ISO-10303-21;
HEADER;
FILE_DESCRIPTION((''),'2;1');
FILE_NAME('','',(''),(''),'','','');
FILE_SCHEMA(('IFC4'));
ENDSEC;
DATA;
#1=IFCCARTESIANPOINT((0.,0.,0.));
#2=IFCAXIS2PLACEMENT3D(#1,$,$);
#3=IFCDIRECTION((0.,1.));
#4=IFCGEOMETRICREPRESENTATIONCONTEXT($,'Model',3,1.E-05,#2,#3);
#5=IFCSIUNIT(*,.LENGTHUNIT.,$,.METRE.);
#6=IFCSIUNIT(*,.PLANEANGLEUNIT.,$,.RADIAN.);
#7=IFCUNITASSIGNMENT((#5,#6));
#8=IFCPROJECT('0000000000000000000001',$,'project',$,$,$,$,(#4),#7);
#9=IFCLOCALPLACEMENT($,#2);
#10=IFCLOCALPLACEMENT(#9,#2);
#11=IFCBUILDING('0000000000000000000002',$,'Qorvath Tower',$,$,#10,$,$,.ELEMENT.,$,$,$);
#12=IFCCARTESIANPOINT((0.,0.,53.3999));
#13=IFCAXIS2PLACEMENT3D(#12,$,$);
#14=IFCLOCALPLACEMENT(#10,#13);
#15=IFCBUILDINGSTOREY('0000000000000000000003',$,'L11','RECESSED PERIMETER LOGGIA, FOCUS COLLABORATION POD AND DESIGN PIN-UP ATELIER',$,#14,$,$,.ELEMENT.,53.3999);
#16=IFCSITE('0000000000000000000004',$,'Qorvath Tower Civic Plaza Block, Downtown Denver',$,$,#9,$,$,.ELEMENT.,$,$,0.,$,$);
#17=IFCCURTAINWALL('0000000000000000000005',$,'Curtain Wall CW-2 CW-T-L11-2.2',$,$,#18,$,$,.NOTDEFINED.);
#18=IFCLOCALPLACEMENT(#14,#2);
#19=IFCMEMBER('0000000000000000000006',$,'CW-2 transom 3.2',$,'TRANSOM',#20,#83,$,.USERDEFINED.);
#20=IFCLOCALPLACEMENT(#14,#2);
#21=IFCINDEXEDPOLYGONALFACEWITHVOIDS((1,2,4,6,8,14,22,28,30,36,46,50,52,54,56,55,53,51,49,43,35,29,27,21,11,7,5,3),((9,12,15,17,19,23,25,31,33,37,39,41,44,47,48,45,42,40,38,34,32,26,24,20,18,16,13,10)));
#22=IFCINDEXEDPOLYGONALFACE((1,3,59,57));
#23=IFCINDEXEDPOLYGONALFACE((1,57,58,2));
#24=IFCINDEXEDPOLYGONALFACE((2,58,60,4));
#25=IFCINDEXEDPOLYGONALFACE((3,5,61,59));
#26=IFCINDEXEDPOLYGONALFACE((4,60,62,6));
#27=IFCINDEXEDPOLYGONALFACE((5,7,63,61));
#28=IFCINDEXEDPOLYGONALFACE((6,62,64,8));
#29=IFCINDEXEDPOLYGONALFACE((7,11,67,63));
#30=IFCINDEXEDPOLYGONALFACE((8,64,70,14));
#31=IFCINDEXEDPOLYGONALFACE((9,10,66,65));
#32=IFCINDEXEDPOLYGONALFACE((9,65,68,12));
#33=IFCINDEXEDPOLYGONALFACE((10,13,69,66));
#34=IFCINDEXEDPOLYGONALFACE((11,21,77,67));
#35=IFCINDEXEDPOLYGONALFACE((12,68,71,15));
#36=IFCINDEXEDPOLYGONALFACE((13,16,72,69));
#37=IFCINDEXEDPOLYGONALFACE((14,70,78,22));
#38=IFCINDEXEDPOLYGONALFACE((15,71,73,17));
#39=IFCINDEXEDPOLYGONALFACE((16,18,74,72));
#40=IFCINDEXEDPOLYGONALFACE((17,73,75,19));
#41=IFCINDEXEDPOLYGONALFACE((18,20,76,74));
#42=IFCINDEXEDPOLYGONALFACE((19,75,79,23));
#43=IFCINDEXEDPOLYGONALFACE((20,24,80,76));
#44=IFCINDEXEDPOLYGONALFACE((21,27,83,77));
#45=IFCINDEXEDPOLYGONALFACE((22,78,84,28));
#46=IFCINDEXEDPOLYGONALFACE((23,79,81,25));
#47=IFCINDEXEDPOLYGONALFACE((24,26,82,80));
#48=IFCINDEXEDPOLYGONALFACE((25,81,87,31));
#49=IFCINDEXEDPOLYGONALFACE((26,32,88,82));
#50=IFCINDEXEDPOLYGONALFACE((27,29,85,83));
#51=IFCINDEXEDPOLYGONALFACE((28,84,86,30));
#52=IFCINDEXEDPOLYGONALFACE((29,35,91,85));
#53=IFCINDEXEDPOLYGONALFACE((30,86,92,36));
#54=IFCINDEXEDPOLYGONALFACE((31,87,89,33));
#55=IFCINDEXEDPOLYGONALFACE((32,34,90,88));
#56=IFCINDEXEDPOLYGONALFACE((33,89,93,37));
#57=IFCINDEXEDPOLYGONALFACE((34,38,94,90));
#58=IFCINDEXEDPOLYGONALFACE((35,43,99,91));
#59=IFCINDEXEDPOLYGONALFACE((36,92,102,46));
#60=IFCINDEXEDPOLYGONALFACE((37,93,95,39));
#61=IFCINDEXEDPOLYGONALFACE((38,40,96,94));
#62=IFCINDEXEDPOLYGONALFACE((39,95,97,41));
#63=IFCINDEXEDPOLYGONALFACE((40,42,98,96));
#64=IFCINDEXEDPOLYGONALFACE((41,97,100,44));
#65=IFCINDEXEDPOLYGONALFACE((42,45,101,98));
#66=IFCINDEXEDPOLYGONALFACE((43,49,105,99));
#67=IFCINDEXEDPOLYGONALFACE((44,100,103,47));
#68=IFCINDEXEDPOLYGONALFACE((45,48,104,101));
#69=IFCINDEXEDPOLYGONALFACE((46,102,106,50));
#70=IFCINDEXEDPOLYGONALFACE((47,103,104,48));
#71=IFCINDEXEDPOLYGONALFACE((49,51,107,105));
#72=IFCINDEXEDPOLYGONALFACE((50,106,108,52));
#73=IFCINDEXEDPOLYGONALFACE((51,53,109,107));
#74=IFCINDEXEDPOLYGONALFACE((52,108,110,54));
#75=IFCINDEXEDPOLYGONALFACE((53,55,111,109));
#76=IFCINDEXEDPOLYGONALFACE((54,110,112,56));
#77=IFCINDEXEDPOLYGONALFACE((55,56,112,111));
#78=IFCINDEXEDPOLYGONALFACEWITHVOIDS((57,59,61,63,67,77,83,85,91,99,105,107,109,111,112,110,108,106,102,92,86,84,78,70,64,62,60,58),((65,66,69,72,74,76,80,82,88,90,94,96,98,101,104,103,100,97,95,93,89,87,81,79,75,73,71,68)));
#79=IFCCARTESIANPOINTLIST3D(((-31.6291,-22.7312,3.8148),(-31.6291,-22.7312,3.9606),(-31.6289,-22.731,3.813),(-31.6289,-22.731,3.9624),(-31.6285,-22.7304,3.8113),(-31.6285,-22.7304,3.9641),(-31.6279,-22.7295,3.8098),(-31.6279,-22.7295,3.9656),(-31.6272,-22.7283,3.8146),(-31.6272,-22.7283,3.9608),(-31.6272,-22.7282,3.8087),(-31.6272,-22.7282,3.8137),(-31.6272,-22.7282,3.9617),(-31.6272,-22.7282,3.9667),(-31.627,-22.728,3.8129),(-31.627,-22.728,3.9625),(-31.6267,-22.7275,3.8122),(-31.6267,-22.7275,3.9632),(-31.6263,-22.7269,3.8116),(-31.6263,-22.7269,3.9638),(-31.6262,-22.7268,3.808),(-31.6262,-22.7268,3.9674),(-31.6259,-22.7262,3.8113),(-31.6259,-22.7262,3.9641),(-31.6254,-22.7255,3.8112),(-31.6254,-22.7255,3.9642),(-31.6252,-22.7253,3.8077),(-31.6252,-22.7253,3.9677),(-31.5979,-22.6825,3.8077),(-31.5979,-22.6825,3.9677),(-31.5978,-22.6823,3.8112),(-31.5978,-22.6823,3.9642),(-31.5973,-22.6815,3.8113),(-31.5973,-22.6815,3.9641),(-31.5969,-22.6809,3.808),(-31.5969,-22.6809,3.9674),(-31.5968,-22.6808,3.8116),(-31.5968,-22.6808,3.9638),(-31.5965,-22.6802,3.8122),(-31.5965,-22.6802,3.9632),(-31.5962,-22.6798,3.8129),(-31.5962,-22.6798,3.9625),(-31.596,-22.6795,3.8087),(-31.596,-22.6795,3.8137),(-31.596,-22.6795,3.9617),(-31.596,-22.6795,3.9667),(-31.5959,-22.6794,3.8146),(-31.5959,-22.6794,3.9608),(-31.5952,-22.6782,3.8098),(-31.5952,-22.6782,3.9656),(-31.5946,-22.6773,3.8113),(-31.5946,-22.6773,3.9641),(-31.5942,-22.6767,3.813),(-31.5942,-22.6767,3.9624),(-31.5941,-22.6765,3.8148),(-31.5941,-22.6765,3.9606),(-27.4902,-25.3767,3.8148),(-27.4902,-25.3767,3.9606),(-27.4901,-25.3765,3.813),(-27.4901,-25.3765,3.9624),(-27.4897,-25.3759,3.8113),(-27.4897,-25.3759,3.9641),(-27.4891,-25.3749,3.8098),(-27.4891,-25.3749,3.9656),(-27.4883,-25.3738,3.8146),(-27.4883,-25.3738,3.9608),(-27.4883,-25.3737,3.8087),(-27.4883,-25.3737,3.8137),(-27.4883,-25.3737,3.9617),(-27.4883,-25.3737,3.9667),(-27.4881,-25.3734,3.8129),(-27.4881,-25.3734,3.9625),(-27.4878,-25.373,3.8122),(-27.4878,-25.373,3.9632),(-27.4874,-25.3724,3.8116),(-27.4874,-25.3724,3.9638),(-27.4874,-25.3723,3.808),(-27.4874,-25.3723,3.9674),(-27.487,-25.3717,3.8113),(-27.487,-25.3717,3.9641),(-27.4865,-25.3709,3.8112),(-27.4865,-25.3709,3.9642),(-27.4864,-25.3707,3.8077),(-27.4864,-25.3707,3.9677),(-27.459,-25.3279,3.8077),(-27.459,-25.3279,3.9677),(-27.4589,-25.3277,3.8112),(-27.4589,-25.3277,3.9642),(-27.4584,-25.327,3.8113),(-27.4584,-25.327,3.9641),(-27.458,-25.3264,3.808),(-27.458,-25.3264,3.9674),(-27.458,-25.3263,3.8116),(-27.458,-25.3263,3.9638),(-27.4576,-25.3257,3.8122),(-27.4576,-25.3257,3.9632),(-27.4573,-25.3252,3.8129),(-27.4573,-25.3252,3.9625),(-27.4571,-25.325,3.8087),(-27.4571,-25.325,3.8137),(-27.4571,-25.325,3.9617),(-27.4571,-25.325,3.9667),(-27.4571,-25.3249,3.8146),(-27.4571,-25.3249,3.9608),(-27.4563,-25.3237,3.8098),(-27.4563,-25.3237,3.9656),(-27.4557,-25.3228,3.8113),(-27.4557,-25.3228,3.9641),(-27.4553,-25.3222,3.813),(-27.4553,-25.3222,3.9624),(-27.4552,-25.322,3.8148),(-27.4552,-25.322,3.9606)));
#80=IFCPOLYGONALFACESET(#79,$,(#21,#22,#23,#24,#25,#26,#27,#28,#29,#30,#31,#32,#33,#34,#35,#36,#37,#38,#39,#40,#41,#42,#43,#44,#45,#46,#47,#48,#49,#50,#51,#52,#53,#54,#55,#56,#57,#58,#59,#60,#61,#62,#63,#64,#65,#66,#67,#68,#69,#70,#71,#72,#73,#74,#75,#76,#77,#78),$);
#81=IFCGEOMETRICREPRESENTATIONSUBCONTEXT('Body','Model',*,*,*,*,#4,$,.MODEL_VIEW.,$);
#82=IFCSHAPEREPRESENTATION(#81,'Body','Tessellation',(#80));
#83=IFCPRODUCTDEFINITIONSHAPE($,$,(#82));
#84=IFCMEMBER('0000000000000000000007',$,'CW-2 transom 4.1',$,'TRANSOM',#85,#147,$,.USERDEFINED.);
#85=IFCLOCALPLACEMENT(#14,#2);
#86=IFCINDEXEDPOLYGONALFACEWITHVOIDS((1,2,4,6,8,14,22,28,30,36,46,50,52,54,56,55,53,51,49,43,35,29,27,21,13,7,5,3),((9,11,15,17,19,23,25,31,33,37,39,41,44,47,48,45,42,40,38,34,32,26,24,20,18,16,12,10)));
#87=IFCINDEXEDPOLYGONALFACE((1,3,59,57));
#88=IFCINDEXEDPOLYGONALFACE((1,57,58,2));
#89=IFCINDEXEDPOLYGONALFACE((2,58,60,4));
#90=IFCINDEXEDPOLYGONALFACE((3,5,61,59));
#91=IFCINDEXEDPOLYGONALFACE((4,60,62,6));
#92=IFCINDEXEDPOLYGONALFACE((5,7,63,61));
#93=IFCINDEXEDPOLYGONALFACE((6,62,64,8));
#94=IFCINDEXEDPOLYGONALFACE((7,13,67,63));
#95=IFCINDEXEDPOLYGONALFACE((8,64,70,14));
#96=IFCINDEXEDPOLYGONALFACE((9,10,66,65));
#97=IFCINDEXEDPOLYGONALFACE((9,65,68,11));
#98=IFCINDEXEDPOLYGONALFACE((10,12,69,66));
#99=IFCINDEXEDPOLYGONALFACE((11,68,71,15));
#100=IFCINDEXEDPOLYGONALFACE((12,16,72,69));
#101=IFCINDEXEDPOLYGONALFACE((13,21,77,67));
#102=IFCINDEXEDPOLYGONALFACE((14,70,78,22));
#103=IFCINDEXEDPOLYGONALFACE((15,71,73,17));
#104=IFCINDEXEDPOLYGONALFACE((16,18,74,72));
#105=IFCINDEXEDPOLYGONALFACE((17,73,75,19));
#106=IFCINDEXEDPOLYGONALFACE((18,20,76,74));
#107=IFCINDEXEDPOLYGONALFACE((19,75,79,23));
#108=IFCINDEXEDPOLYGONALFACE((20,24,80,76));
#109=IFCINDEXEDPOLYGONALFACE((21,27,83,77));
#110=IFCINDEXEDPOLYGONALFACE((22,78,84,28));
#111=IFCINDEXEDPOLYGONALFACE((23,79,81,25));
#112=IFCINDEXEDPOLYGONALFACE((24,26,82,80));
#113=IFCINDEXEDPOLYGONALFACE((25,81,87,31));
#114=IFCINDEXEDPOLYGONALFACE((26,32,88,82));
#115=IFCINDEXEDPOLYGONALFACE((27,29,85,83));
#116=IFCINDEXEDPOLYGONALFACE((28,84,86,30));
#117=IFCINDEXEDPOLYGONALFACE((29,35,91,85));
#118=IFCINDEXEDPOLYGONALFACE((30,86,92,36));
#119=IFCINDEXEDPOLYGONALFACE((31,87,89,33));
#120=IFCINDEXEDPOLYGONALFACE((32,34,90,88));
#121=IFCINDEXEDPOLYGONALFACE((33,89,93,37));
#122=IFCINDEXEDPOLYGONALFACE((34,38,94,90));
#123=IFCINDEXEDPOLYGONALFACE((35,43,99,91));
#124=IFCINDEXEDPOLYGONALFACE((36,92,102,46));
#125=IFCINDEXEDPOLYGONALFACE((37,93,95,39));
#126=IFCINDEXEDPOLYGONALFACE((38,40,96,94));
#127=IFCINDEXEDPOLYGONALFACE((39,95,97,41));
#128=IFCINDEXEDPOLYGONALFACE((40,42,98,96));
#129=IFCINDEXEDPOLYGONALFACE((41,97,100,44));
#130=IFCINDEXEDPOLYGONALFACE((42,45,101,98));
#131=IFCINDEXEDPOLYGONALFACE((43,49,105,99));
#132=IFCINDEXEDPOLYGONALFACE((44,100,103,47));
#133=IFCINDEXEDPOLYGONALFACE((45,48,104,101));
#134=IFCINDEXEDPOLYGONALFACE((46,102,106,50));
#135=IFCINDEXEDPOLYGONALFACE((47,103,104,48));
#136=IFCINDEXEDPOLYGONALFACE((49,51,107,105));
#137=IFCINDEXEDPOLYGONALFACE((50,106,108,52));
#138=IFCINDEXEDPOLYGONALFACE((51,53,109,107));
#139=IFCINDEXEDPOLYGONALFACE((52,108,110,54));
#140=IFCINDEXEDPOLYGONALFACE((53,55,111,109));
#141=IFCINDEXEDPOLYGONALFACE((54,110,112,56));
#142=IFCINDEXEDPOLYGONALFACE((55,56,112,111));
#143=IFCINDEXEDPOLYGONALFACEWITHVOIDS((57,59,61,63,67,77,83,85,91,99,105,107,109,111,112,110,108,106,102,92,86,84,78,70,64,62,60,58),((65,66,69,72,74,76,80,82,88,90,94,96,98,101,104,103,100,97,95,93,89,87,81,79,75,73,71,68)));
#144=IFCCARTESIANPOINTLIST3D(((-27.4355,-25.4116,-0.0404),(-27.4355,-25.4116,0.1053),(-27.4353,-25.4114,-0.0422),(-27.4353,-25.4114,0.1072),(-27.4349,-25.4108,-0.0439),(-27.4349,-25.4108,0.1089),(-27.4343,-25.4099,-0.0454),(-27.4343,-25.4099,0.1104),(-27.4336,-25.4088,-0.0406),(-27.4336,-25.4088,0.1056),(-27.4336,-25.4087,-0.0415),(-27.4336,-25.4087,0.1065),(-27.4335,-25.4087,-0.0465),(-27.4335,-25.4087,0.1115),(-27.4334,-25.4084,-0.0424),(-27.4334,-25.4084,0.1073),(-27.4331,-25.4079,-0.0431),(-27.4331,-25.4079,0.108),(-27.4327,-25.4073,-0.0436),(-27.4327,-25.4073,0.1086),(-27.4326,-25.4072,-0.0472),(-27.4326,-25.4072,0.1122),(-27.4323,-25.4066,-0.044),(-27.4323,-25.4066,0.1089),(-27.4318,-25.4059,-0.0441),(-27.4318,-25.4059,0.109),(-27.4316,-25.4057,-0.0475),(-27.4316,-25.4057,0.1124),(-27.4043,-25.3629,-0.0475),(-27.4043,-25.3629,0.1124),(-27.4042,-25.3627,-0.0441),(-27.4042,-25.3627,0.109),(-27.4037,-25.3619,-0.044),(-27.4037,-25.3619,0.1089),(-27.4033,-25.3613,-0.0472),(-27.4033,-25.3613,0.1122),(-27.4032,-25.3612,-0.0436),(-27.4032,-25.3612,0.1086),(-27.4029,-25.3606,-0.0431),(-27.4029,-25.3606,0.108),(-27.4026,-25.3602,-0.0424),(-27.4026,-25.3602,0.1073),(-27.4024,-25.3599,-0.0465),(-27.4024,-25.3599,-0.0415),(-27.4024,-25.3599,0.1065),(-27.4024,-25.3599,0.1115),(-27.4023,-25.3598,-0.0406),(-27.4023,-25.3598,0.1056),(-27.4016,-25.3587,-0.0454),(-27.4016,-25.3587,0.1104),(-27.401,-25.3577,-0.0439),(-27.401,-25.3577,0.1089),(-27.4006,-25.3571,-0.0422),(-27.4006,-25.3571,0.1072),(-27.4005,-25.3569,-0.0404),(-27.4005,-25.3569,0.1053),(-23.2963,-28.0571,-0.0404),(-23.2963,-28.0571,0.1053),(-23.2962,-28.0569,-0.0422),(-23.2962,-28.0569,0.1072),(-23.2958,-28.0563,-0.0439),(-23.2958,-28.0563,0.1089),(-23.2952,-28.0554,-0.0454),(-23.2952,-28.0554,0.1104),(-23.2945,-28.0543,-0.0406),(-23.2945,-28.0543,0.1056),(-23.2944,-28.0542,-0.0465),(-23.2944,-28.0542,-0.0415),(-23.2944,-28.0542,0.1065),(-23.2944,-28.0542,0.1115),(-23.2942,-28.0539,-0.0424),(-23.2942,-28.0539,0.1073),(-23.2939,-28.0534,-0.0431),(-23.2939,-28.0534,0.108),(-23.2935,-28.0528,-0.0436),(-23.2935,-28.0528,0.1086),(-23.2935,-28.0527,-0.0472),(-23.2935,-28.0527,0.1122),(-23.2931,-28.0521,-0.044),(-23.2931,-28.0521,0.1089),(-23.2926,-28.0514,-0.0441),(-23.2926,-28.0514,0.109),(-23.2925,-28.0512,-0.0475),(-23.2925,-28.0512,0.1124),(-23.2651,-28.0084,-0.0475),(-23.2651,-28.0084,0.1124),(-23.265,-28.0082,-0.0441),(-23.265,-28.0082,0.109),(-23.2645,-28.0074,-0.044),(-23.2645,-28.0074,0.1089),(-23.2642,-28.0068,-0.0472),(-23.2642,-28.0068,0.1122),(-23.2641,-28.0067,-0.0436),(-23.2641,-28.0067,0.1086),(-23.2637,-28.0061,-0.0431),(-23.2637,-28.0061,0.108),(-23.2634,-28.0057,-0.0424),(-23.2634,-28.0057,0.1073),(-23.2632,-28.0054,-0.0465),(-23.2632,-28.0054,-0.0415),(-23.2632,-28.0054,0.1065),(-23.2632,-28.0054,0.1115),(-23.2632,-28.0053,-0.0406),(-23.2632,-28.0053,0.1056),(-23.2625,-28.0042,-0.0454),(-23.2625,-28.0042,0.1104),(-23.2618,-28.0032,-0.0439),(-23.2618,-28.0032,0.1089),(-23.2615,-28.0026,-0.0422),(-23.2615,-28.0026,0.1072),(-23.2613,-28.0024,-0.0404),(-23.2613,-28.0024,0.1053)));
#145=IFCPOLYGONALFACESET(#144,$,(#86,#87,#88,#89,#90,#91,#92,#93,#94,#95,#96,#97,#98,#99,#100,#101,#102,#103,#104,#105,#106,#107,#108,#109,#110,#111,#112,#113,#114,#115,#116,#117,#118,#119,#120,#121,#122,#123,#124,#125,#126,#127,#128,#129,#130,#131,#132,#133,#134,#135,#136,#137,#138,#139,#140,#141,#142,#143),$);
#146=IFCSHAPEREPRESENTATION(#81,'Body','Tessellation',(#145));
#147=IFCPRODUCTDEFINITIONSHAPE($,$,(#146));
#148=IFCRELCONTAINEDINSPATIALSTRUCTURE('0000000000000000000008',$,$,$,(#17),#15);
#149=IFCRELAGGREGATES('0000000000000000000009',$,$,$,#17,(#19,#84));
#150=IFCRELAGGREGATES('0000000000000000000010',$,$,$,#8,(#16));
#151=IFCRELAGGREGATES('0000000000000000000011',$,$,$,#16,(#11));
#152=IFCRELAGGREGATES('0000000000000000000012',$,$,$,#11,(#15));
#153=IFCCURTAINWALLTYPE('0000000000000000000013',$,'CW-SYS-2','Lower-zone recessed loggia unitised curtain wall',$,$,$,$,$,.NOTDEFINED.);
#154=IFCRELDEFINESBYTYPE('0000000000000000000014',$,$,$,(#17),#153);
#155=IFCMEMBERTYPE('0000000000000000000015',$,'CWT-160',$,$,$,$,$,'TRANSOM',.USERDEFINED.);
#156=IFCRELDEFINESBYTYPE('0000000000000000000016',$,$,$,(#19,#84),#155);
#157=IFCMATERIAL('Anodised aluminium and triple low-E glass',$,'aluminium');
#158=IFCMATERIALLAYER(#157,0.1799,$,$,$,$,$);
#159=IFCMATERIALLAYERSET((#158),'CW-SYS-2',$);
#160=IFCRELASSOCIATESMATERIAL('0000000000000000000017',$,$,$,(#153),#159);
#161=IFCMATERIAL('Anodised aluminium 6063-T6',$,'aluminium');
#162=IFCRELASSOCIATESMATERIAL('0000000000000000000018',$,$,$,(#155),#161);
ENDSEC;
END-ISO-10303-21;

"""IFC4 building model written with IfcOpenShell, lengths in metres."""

from ifc_helpers import new_model, si_unit, direction, frame, origin, origin_2d, place, context, subcontext, project, spatial, hollow_rectangle, extrude, material, layer, layer_set, material_profile, profile_set, type_object, element, aggregate, save


model = new_model("IFC4")

# Units and contexts
model_context = context("Model", 3, precision=1e-05, world=origin(), true_north=direction((0.0, 1.0)))
body_context = subcontext(model_context, "Body", "Model", "MODEL_VIEW")
ifc_project = project(units=[si_unit("LENGTHUNIT", "METRE"), si_unit("PLANEANGLEUNIT", "RADIAN")], contexts=[model_context])

# Site, building, storey
site_placement = place(None, origin())
site = spatial("IfcSite", under=ifc_project, at=site_placement, Name="Qorvath Tower Civic Plaza Block, Downtown Denver", CompositionType="ELEMENT", RefElevation=0.0)
building_placement = place(site_placement, origin())
building = spatial("IfcBuilding", under=site, at=building_placement, Name="Qorvath Tower", CompositionType="ELEMENT")
storey_placement = place(building_placement, frame((0.0, 0.0, 53.3999)))
storey = spatial("IfcBuildingStorey", under=building, at=storey_placement, Name="L11", Description="RECESSED PERIMETER LOGGIA, FOCUS COLLABORATION POD AND DESIGN PIN-UP ATELIER", CompositionType="ELEMENT", Elevation=53.3999)

# Curtain wall, members
ifc_material_1 = material(Name="Anodised aluminium and triple low-E glass", Category="aluminium")
ifc_layer_1 = layer(ifc_material_1, 0.1799)
ifc_layer_set_1 = layer_set([ifc_layer_1], Name="CW-SYS-2")
curtain_wall_type = type_object("IfcCurtainWallType", Name="CW-SYS-2", Description="Lower-zone recessed loggia unitised curtain wall", PredefinedType="NOTDEFINED", material=ifc_layer_set_1)
curtain_wall_placement = place(storey_placement, origin())
curtain_wall = element("IfcCurtainWall", 1, at=curtain_wall_placement, inside=storey, type_object=curtain_wall_type, Name="Curtain Wall CW-2 CW-T-L11-2.2", PredefinedType="NOTDEFINED")
ifc_material_2 = material(Name="Anodised aluminium 6063-T6", Category="aluminium")
ifc_material_profile_1 = material_profile(ifc_material_2, hollow_rectangle(XDim=0.0649, YDim=0.1599, WallThickness=0.0034, InnerFilletRadius=0.0034, OuterFilletRadius=0.0071, at=origin_2d()), Name="CWT 160x65")
ifc_profile_set_1 = profile_set([ifc_material_profile_1], Name="Anodised aluminium 6063-T6")
member_type_1 = type_object("IfcMemberType", Name="CWT-160", ElementType="TRANSOM", PredefinedType="USERDEFINED", material=ifc_profile_set_1)
member_1_placement = place(storey_placement, frame((-31.6116, -22.7039, 3.8877), z_axis=(0.842585, -0.538563, 0.0), x_axis=(0.538563, 0.842585, 0.0)))
member_1 = element("IfcMember", 2, at=member_1_placement, type_object=member_type_1, Name="CW-2 transom 3.2", ObjectType="TRANSOM", PredefinedType="USERDEFINED", context=body_context, shape_type="SweptSolid", body=[
    extrude(hollow_rectangle(XDim=0.0649, YDim=0.1599, WallThickness=0.0034, InnerFilletRadius=0.0034, OuterFilletRadius=0.0071, at=origin_2d()), origin(), (0.0, 0.0, 1.0), 4.9121),
])
member_2_placement = place(storey_placement, frame((-27.418, -25.3843, 0.0325), z_axis=(0.8426, -0.53854, 0.0), x_axis=(0.53854, 0.8426, 0.0)))
member_2 = element("IfcMember", 3, at=member_2_placement, type_object=member_type_1, Name="CW-2 transom 4.1", ObjectType="TRANSOM", PredefinedType="USERDEFINED", context=body_context, shape_type="SweptSolid", body=[
    extrude(hollow_rectangle(XDim=0.0649, YDim=0.1599, WallThickness=0.0034, InnerFilletRadius=0.0034, OuterFilletRadius=0.0071, at=origin_2d()), origin(), (0.0, 0.0, 1.0), 4.9124),
])
aggregate(curtain_wall, [member_1, member_2])

save(model, "model.ifc")
